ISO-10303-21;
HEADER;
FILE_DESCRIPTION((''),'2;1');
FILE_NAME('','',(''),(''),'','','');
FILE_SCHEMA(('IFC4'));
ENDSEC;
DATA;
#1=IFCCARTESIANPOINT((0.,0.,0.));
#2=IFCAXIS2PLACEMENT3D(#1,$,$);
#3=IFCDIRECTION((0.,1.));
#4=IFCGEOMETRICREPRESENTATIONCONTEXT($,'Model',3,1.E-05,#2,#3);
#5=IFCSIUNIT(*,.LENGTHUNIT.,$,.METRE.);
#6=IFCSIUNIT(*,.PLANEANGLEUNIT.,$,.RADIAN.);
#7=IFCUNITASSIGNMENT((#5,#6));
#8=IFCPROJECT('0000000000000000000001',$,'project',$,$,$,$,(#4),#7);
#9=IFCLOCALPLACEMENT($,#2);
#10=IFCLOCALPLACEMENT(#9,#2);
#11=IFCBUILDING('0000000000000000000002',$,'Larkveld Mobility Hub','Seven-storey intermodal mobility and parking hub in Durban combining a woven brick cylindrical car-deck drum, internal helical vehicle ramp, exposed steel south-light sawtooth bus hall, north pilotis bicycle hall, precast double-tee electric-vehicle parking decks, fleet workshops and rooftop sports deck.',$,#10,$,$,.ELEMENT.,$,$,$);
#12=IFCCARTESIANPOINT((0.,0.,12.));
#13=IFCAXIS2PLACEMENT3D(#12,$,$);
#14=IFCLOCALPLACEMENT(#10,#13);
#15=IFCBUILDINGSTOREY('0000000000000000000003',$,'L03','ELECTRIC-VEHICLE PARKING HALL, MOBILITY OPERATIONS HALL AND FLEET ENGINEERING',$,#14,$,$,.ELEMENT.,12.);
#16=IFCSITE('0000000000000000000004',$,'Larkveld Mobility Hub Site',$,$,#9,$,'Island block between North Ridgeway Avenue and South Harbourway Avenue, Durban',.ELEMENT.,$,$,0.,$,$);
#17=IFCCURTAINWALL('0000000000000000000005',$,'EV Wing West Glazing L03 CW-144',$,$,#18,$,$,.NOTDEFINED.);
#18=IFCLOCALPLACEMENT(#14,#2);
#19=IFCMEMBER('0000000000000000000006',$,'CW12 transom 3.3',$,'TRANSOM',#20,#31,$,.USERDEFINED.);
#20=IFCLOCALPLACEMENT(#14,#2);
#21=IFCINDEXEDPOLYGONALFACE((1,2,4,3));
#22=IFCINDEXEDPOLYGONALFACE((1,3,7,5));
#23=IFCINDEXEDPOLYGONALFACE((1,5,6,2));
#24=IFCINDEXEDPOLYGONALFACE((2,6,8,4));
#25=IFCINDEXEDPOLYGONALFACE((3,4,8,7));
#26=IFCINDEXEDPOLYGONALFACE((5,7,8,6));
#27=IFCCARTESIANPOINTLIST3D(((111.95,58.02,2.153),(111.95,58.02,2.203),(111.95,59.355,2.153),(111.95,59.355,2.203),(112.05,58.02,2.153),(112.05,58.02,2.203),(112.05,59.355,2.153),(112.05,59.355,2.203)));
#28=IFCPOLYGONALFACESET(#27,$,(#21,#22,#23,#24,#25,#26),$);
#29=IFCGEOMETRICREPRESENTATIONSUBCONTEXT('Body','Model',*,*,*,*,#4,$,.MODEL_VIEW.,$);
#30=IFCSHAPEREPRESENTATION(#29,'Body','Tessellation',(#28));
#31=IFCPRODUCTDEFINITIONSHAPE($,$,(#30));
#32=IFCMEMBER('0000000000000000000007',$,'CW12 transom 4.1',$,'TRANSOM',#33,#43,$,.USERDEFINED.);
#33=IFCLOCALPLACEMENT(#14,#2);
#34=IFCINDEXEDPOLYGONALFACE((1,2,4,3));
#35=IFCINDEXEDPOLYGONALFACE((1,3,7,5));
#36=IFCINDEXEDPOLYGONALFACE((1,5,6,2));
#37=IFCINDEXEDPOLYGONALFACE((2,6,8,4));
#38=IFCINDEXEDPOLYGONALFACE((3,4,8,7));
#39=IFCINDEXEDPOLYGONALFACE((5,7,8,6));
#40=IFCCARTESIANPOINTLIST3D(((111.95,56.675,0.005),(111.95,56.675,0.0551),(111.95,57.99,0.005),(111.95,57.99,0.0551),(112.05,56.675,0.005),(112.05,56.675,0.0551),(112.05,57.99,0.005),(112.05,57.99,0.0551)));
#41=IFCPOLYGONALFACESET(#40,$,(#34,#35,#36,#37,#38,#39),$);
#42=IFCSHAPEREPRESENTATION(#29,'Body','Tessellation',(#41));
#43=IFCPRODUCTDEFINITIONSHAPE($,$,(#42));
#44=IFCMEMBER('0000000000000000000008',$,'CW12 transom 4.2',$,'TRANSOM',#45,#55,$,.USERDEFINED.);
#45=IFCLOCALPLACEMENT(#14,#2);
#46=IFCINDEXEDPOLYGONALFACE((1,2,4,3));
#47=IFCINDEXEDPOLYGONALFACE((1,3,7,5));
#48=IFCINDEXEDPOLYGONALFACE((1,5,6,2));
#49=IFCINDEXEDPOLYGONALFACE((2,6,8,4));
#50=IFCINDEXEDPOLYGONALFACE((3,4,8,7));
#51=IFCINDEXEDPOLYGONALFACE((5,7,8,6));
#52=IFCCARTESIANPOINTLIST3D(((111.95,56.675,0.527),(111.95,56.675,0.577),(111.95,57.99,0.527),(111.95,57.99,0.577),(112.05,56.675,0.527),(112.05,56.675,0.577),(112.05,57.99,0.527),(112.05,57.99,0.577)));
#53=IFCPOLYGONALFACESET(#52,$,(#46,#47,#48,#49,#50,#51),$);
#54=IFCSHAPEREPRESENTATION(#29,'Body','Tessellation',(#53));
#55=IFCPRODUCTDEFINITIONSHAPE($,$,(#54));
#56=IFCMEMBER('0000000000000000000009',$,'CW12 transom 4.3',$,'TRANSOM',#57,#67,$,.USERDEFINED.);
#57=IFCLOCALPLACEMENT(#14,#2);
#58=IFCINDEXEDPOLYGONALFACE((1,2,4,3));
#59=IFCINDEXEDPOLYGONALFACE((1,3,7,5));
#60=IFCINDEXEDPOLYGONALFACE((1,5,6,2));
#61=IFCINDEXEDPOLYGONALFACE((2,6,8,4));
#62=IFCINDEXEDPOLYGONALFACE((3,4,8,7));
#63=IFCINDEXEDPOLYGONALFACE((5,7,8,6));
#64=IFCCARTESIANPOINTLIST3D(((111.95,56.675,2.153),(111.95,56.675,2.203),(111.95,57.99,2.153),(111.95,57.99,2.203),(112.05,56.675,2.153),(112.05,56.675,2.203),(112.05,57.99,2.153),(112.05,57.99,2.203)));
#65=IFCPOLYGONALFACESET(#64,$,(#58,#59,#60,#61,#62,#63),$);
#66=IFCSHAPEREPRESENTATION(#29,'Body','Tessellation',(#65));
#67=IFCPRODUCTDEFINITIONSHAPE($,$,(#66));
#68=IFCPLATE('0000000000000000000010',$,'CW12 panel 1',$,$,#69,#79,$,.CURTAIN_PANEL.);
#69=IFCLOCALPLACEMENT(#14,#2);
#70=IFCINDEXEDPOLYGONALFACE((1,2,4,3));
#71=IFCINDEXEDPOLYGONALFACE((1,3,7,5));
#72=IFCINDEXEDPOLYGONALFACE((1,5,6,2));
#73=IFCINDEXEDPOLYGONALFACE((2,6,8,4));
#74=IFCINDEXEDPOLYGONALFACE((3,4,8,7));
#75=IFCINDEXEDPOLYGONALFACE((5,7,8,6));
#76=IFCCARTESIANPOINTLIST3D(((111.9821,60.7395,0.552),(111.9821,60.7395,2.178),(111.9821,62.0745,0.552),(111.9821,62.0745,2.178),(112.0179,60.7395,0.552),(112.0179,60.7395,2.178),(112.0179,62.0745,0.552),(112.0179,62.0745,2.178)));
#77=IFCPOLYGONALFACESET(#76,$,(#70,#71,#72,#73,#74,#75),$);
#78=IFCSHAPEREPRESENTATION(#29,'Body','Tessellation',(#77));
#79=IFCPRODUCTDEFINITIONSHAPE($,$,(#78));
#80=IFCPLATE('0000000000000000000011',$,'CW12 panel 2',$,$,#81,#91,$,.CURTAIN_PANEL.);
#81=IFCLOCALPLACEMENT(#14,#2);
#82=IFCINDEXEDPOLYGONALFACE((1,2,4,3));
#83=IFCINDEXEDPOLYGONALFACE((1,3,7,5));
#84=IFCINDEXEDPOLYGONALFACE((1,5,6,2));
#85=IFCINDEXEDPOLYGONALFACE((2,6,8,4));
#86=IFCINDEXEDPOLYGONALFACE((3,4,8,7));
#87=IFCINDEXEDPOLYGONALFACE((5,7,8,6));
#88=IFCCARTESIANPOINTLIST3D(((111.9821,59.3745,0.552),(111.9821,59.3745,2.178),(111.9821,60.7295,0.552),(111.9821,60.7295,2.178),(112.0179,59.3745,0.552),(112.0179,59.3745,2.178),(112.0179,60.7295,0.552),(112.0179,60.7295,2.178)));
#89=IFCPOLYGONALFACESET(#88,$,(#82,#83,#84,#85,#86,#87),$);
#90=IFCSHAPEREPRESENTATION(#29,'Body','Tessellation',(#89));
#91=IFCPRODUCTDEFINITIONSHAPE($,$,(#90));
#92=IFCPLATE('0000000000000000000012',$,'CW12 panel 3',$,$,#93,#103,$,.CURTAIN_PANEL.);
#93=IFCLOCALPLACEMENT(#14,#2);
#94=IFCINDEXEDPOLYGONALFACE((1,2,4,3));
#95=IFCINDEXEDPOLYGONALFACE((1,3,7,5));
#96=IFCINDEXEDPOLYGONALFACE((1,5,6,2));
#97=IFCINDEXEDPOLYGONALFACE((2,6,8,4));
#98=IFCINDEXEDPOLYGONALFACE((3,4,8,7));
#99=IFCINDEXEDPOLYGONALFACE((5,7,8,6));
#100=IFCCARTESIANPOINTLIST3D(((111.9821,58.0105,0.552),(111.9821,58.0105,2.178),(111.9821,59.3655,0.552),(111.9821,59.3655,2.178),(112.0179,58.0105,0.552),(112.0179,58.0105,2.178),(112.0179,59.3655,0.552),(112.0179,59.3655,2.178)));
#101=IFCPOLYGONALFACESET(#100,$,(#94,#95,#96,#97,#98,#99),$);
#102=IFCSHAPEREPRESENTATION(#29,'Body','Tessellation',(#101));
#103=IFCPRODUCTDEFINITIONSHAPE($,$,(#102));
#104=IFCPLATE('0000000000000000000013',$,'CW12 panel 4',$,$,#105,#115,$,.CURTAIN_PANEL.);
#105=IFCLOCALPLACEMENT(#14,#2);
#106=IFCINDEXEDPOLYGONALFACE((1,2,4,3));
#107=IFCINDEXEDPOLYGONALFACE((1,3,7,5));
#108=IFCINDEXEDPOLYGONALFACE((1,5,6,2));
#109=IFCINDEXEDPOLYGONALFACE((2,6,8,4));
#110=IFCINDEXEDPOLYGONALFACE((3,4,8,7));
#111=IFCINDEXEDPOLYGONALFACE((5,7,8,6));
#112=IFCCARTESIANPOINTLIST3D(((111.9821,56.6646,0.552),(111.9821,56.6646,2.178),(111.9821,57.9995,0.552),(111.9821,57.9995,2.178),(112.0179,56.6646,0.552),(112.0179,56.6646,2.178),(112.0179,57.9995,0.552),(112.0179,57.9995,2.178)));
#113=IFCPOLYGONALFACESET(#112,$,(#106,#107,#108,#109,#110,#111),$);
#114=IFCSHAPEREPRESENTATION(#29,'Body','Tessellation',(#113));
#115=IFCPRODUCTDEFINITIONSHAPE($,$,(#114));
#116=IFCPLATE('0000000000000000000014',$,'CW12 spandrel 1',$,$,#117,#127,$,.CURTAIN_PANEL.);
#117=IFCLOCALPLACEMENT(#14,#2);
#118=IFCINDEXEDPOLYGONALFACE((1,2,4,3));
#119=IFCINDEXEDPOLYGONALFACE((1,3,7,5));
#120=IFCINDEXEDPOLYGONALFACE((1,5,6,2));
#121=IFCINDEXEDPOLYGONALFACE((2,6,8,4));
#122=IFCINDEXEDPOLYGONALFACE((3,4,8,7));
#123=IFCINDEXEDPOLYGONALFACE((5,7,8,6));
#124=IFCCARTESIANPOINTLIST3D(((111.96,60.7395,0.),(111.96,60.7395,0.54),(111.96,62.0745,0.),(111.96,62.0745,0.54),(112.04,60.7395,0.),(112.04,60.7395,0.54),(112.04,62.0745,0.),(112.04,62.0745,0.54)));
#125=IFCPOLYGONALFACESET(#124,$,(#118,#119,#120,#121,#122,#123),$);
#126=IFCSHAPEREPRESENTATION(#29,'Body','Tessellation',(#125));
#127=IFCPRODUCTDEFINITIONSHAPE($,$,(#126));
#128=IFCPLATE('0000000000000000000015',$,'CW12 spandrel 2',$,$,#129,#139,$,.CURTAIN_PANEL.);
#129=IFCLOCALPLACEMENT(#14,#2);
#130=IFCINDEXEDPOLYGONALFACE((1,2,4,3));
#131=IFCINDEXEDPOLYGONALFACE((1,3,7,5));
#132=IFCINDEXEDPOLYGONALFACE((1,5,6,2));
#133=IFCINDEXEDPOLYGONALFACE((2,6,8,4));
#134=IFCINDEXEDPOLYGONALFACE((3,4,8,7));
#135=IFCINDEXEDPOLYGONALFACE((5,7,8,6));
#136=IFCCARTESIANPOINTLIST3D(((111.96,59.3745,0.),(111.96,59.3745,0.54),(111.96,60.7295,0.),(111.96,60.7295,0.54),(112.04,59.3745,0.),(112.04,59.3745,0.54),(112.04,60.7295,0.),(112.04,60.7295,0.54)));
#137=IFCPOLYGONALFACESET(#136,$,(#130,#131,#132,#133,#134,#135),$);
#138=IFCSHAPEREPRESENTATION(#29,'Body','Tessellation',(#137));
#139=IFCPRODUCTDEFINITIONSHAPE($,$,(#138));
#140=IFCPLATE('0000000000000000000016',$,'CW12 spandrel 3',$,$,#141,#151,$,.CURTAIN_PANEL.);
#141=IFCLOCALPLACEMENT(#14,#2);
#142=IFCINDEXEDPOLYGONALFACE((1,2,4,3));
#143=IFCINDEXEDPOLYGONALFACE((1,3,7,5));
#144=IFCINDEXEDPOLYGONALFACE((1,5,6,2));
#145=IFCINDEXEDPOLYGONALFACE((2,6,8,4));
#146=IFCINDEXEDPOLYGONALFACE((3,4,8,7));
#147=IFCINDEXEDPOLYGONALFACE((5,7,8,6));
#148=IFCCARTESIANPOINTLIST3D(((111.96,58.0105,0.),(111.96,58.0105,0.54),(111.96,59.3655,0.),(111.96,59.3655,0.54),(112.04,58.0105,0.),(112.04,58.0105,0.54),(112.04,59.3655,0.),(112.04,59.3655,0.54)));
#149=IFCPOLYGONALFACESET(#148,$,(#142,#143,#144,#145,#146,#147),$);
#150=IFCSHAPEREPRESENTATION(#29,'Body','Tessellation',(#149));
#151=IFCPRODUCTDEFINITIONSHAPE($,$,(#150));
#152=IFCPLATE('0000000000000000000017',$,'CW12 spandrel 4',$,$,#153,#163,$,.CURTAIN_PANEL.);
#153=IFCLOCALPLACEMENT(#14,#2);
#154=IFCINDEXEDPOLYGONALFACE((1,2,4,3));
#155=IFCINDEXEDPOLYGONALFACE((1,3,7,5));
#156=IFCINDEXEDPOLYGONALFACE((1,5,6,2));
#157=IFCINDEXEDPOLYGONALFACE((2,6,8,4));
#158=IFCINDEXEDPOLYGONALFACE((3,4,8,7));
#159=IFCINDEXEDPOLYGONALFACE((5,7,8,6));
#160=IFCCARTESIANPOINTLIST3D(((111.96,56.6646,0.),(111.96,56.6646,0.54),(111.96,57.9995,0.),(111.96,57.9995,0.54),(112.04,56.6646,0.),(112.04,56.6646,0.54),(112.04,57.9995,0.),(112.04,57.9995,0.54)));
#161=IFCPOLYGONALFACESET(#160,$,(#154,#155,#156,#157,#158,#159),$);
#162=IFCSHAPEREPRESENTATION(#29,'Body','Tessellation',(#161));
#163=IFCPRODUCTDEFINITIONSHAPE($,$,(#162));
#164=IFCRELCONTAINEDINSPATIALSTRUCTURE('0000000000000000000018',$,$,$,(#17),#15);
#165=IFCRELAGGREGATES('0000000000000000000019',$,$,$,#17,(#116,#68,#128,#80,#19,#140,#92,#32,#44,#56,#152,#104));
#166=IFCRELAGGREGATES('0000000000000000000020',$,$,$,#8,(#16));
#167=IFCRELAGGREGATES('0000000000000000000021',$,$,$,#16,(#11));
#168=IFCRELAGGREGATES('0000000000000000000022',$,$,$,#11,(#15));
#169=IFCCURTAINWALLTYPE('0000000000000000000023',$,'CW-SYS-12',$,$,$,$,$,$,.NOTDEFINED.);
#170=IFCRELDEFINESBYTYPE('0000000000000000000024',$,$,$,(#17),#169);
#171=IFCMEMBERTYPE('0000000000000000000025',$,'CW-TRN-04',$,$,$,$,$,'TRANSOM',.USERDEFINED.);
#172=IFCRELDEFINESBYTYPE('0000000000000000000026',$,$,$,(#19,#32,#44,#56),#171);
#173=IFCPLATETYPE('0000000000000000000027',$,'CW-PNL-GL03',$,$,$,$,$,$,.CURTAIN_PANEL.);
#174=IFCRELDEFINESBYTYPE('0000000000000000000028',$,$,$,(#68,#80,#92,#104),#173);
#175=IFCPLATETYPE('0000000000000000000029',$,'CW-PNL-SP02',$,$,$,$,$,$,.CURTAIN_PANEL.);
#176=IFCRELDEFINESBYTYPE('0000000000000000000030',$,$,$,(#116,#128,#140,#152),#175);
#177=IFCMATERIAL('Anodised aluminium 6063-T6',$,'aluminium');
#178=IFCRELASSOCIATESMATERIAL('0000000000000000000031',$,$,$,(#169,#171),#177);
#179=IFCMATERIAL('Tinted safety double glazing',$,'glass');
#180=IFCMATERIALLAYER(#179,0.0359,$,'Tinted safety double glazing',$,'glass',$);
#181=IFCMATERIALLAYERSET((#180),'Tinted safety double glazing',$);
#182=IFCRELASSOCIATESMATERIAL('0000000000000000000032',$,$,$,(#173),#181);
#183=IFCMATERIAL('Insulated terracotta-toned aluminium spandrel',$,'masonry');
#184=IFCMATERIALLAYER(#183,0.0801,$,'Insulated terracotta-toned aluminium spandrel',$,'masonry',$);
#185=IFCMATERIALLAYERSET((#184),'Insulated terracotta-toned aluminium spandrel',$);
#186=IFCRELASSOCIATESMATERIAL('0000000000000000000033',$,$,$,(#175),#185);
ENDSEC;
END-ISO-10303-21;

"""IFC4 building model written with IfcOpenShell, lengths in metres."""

from ifc_helpers import new_model, si_unit, direction, frame, origin, origin_2d, place, context, subcontext, project, spatial, rectangle, extrude, material, layer, layer_set, material_profile, profile_set, type_object, element, aggregate, save


model = new_model("IFC4")

# Units and contexts
model_context = context("Model", 3, precision=1e-05, world=origin(), true_north=direction((0.0, 1.0)))
body_context = subcontext(model_context, "Body", "Model", "MODEL_VIEW")
ifc_project = project(units=[si_unit("LENGTHUNIT", "METRE"), si_unit("PLANEANGLEUNIT", "RADIAN")], contexts=[model_context])

# Site, building, storey
site_placement = place(None, origin())
site = spatial("IfcSite", under=ifc_project, at=site_placement, Name="Larkveld Mobility Hub Site", LongName="Island block between North Ridgeway Avenue and South Harbourway Avenue, Durban", CompositionType="ELEMENT", RefElevation=0.0)
building_placement = place(site_placement, origin())
building = spatial("IfcBuilding", under=site, at=building_placement, Name="Larkveld Mobility Hub", Description="Seven-storey intermodal mobility and parking hub in Durban combining a woven brick cylindrical car-deck drum, internal helical vehicle ramp, exposed steel south-light sawtooth bus hall, north pilotis bicycle hall, precast double-tee electric-vehicle parking decks, fleet workshops and rooftop sports deck.", CompositionType="ELEMENT")
storey_placement = place(building_placement, frame((0.0, 0.0, 12.0)))
storey = spatial("IfcBuildingStorey", under=building, at=storey_placement, Name="L03", Description="ELECTRIC-VEHICLE PARKING HALL, MOBILITY OPERATIONS HALL AND FLEET ENGINEERING", CompositionType="ELEMENT", Elevation=12.0)

# Curtain wall, members, plates
ifc_material_1 = material(Name="Anodised aluminium 6063-T6", Category="aluminium")
curtain_wall_type = type_object("IfcCurtainWallType", Name="CW-SYS-12", PredefinedType="NOTDEFINED", material=ifc_material_1)
curtain_wall_placement = place(storey_placement, origin())
curtain_wall = element("IfcCurtainWall", 1, at=curtain_wall_placement, inside=storey, type_object=curtain_wall_type, Name="EV Wing West Glazing L03 CW-144", PredefinedType="NOTDEFINED")
ifc_material_profile_1 = material_profile(ifc_material_1, rectangle(XDim=0.1001, YDim=0.05, at=origin_2d()), Name="ALU TRAN 50x100")
ifc_profile_set_1 = profile_set([ifc_material_profile_1], Name="Anodised aluminium 6063-T6")
member_type_1 = type_object("IfcMemberType", Name="CW-TRN-04", ElementType="TRANSOM", PredefinedType="USERDEFINED", material=ifc_profile_set_1)
member_1_placement = place(storey_placement, frame((112.0, 59.355, 2.178), z_axis=(0.0, -1.0, 0.0), x_axis=(1.0, 0.0, 0.0)))
member_1 = element("IfcMember", 2, at=member_1_placement, type_object=member_type_1, Name="CW12 transom 3.3", ObjectType="TRANSOM", PredefinedType="USERDEFINED", context=body_context, shape_type="SweptSolid", body=[
    extrude(rectangle(XDim=0.1001, YDim=0.05, at=origin_2d()), origin(), (0.0, 0.0, 1.0), 1.335),
])
member_2_placement = place(storey_placement, frame((112.0, 57.99, 0.03), z_axis=(0.0, -1.0, 0.0), x_axis=(1.0, 0.0, 0.0)))
member_2 = element("IfcMember", 3, at=member_2_placement, type_object=member_type_1, Name="CW12 transom 4.1", ObjectType="TRANSOM", PredefinedType="USERDEFINED", context=body_context, shape_type="SweptSolid", body=[
    extrude(rectangle(XDim=0.1001, YDim=0.05, at=origin_2d()), origin(), (0.0, 0.0, 1.0), 1.3149),
])
member_3_placement = place(storey_placement, frame((112.0, 57.99, 0.552), z_axis=(0.0, -1.0, 0.0), x_axis=(1.0, 0.0, 0.0)))
member_3 = element("IfcMember", 4, at=member_3_placement, type_object=member_type_1, Name="CW12 transom 4.2", ObjectType="TRANSOM", PredefinedType="USERDEFINED", context=body_context, shape_type="SweptSolid", body=[
    extrude(rectangle(XDim=0.1001, YDim=0.05, at=origin_2d()), origin(), (0.0, 0.0, 1.0), 1.3149),
])
member_4_placement = place(storey_placement, frame((112.0, 57.99, 2.178), z_axis=(0.0, -1.0, 0.0), x_axis=(1.0, 0.0, 0.0)))
member_4 = element("IfcMember", 5, at=member_4_placement, type_object=member_type_1, Name="CW12 transom 4.3", ObjectType="TRANSOM", PredefinedType="USERDEFINED", context=body_context, shape_type="SweptSolid", body=[
    extrude(rectangle(XDim=0.1001, YDim=0.05, at=origin_2d()), origin(), (0.0, 0.0, 1.0), 1.3149),
])
ifc_material_2 = material(Name="Tinted safety double glazing", Category="glass")
ifc_layer_1 = layer(ifc_material_2, 0.0359, Name="Tinted safety double glazing", Category="glass")
ifc_layer_set_1 = layer_set([ifc_layer_1], Name="Tinted safety double glazing")
plate_type_1 = type_object("IfcPlateType", Name="CW-PNL-GL03", PredefinedType="CURTAIN_PANEL", material=ifc_layer_set_1)
plate_1_placement = place(storey_placement, frame((112.0, 61.407, 0.552), z_axis=(0.0, 0.0, 1.0), x_axis=(0.0, -1.0, 0.0)))
plate_1 = element("IfcPlate", 6, at=plate_1_placement, type_object=plate_type_1, Name="CW12 panel 1", PredefinedType="CURTAIN_PANEL", context=body_context, shape_type="SweptSolid", body=[
    extrude(rectangle(XDim=1.335, YDim=0.0359, at=origin_2d()), origin(), (0.0, 0.0, 1.0), 1.626),
])
plate_2_placement = place(storey_placement, frame((112.0, 60.052, 0.552), z_axis=(0.0, 0.0, 1.0), x_axis=(0.0, -1.0, 0.0)))
plate_2 = element("IfcPlate", 7, at=plate_2_placement, type_object=plate_type_1, Name="CW12 panel 2", PredefinedType="CURTAIN_PANEL", context=body_context, shape_type="SweptSolid", body=[
    extrude(rectangle(XDim=1.355, YDim=0.0359, at=origin_2d()), origin(), (0.0, 0.0, 1.0), 1.626),
])
plate_3_placement = place(storey_placement, frame((112.0, 58.688, 0.552), z_axis=(0.0, 0.0, 1.0), x_axis=(0.0, -1.0, 0.0)))
plate_3 = element("IfcPlate", 8, at=plate_3_placement, type_object=plate_type_1, Name="CW12 panel 3", PredefinedType="CURTAIN_PANEL", context=body_context, shape_type="SweptSolid", body=[
    extrude(rectangle(XDim=1.355, YDim=0.0359, at=origin_2d()), origin(), (0.0, 0.0, 1.0), 1.626),
])
plate_4_placement = place(storey_placement, frame((112.0, 57.332, 0.552), z_axis=(0.0, 0.0, 1.0), x_axis=(0.0, -1.0, 0.0)))
plate_4 = element("IfcPlate", 9, at=plate_4_placement, type_object=plate_type_1, Name="CW12 panel 4", PredefinedType="CURTAIN_PANEL", context=body_context, shape_type="SweptSolid", body=[
    extrude(rectangle(XDim=1.335, YDim=0.0359, at=origin_2d()), origin(), (0.0, 0.0, 1.0), 1.626),
])
ifc_material_3 = material(Name="Insulated terracotta-toned aluminium spandrel", Category="masonry")
ifc_layer_2 = layer(ifc_material_3, 0.0801, Name="Insulated terracotta-toned aluminium spandrel", Category="masonry")
ifc_layer_set_2 = layer_set([ifc_layer_2], Name="Insulated terracotta-toned aluminium spandrel")
plate_type_2 = type_object("IfcPlateType", Name="CW-PNL-SP02", PredefinedType="CURTAIN_PANEL", material=ifc_layer_set_2)
plate_5_placement = place(storey_placement, frame((112.0, 61.407, 0.0), z_axis=(0.0, 0.0, 1.0), x_axis=(0.0, -1.0, 0.0)))
plate_5 = element("IfcPlate", 10, at=plate_5_placement, type_object=plate_type_2, Name="CW12 spandrel 1", PredefinedType="CURTAIN_PANEL", context=body_context, shape_type="SweptSolid", body=[
    extrude(rectangle(XDim=1.335, YDim=0.0801, at=origin_2d()), origin(), (0.0, 0.0, 1.0), 0.54),
])
plate_6_placement = place(storey_placement, frame((112.0, 60.052, 0.0), z_axis=(0.0, 0.0, 1.0), x_axis=(0.0, -1.0, 0.0)))
plate_6 = element("IfcPlate", 11, at=plate_6_placement, type_object=plate_type_2, Name="CW12 spandrel 2", PredefinedType="CURTAIN_PANEL", context=body_context, shape_type="SweptSolid", body=[
    extrude(rectangle(XDim=1.355, YDim=0.0801, at=origin_2d()), origin(), (0.0, 0.0, 1.0), 0.54),
])
plate_7_placement = place(storey_placement, frame((112.0, 58.688, 0.0), z_axis=(0.0, 0.0, 1.0), x_axis=(0.0, -1.0, 0.0)))
plate_7 = element("IfcPlate", 12, at=plate_7_placement, type_object=plate_type_2, Name="CW12 spandrel 3", PredefinedType="CURTAIN_PANEL", context=body_context, shape_type="SweptSolid", body=[
    extrude(rectangle(XDim=1.355, YDim=0.0801, at=origin_2d()), origin(), (0.0, 0.0, 1.0), 0.54),
])
plate_8_placement = place(storey_placement, frame((112.0, 57.332, 0.0), z_axis=(0.0, 0.0, 1.0), x_axis=(0.0, -1.0, 0.0)))
plate_8 = element("IfcPlate", 13, at=plate_8_placement, type_object=plate_type_2, Name="CW12 spandrel 4", PredefinedType="CURTAIN_PANEL", context=body_context, shape_type="SweptSolid", body=[
    extrude(rectangle(XDim=1.335, YDim=0.0801, at=origin_2d()), origin(), (0.0, 0.0, 1.0), 0.54),
])
aggregate(curtain_wall, [plate_5, plate_1, plate_6, plate_2, member_1, plate_7, plate_3, member_2, member_3, member_4, plate_8, plate_4])

save(model, "model.ifc")
